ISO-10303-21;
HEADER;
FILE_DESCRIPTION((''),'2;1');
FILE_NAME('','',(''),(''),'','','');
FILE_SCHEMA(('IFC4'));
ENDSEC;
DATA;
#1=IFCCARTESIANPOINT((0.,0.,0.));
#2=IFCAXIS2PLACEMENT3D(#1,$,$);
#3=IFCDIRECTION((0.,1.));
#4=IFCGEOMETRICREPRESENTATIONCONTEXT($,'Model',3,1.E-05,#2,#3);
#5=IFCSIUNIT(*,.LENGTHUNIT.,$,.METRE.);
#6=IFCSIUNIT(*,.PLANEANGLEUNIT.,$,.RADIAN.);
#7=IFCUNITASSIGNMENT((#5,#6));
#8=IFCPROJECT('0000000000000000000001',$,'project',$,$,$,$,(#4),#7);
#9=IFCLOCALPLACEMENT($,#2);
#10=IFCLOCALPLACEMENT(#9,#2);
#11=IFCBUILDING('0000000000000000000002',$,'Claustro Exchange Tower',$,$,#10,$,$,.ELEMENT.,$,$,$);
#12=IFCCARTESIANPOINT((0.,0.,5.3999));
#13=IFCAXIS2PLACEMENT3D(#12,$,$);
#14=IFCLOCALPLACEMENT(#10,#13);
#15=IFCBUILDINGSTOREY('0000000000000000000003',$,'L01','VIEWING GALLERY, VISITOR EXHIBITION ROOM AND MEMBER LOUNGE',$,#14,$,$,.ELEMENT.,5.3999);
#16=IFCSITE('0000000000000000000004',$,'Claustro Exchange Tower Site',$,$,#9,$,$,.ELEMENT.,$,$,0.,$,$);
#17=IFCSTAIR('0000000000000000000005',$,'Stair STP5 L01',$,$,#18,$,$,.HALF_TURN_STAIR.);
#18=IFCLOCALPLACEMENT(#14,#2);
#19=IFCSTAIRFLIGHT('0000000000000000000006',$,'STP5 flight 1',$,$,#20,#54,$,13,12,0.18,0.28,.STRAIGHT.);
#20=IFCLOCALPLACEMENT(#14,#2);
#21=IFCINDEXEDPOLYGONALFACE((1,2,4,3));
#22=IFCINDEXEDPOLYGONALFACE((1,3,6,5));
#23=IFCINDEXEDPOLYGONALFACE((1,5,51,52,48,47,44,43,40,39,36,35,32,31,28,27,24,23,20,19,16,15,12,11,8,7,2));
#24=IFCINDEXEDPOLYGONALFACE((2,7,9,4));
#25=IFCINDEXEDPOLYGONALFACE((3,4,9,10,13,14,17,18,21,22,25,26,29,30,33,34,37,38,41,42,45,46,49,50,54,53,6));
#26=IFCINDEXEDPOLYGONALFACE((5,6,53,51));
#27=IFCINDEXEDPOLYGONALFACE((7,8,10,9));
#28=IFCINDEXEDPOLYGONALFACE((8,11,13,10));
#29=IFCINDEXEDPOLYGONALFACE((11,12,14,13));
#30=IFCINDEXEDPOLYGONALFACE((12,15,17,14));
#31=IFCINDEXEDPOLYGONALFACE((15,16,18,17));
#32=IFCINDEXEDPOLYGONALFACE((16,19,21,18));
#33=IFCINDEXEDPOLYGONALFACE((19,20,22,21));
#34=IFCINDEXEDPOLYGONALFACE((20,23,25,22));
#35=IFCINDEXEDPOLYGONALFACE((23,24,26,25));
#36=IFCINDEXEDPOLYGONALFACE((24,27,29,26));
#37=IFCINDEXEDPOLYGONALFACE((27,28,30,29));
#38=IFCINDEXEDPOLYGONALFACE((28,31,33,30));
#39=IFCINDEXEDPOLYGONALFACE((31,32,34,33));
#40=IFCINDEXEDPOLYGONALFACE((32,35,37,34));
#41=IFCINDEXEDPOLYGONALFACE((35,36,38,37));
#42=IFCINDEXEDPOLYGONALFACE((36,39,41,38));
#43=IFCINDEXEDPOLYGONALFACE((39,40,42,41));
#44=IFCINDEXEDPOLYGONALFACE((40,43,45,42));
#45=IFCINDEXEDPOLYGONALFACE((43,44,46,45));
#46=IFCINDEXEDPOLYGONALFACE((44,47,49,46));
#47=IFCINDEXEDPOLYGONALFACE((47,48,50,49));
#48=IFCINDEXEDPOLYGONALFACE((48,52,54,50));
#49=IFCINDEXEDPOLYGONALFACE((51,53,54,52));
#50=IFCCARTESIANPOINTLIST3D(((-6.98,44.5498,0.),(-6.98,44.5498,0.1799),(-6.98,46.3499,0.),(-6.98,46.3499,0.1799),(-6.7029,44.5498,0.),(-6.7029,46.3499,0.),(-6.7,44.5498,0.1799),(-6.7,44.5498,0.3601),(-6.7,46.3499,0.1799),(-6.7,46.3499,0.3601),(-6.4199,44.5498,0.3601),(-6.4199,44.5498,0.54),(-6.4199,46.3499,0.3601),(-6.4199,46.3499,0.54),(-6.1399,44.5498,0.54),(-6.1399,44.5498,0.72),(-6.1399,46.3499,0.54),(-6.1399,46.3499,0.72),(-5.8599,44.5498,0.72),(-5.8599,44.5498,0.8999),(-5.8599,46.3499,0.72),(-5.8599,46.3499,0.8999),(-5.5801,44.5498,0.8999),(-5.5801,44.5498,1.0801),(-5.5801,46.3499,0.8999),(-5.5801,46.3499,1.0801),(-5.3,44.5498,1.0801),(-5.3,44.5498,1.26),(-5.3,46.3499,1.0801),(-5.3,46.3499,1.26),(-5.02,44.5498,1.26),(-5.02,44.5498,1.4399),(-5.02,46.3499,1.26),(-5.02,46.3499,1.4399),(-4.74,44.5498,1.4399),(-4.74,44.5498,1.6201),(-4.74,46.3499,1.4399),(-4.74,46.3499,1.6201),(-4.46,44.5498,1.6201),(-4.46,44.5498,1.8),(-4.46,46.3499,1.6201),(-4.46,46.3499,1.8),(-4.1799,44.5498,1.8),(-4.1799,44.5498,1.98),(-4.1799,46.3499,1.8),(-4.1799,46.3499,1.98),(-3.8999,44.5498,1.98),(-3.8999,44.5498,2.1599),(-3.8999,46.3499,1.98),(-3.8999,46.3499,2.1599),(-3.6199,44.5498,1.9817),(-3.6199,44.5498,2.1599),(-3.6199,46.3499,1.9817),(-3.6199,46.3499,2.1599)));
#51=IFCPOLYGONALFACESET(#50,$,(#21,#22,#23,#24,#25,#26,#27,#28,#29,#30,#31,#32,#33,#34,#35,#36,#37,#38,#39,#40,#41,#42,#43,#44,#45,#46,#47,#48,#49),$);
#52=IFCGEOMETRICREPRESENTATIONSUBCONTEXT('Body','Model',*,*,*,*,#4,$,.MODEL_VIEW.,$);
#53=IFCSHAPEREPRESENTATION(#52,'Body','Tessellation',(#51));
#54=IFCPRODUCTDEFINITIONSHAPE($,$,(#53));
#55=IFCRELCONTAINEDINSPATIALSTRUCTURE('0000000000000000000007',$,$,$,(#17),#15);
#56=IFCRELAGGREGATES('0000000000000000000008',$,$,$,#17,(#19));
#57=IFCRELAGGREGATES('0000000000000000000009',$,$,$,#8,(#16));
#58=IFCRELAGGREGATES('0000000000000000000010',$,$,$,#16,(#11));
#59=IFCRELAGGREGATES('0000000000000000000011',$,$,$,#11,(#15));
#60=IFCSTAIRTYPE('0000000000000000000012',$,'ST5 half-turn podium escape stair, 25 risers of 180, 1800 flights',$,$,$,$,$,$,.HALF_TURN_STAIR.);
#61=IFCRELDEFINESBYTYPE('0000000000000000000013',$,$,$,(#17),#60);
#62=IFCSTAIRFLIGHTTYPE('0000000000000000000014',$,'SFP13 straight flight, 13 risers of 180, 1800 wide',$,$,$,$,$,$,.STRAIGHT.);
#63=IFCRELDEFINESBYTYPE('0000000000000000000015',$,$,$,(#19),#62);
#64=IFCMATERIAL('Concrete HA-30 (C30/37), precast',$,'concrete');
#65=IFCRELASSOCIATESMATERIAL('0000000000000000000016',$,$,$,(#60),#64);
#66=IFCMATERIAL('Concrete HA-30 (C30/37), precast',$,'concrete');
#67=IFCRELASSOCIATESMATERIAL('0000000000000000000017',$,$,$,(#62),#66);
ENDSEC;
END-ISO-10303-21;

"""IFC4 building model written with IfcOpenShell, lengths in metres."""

from ifc_helpers import new_model, si_unit, direction, frame, origin, place, context, subcontext, project, spatial, polyline, outline, extrude, material, type_object, element, aggregate, save


model = new_model("IFC4")

# Units and contexts
model_context = context("Model", 3, precision=1e-05, world=origin(), true_north=direction((0.0, 1.0)))
body_context = subcontext(model_context, "Body", "Model", "MODEL_VIEW")
ifc_project = project(units=[si_unit("LENGTHUNIT", "METRE"), si_unit("PLANEANGLEUNIT", "RADIAN")], contexts=[model_context])

# Site, building, storey
site_placement = place(None, origin())
site = spatial("IfcSite", under=ifc_project, at=site_placement, Name="Claustro Exchange Tower Site", CompositionType="ELEMENT", RefElevation=0.0)
building_placement = place(site_placement, origin())
building = spatial("IfcBuilding", under=site, at=building_placement, Name="Claustro Exchange Tower", CompositionType="ELEMENT")
storey_placement = place(building_placement, frame((0.0, 0.0, 5.3999)))
storey = spatial("IfcBuildingStorey", under=building, at=storey_placement, Name="L01", Description="VIEWING GALLERY, VISITOR EXHIBITION ROOM AND MEMBER LOUNGE", CompositionType="ELEMENT", Elevation=5.3999)

# Stair, stair flight
ifc_material_1 = material(Name="Concrete HA-30 (C30/37), precast", Category="concrete")
stair_type = type_object("IfcStairType", Name="ST5 half-turn podium escape stair, 25 risers of 180, 1800 flights", PredefinedType="HALF_TURN_STAIR", material=ifc_material_1)
stair_placement = place(storey_placement, origin())
stair = element("IfcStair", 1, at=stair_placement, inside=storey, type_object=stair_type, Name="Stair STP5 L01", PredefinedType="HALF_TURN_STAIR")
ifc_material_2 = material(Name="Concrete HA-30 (C30/37), precast", Category="concrete")
stair_flight_type_1 = type_object("IfcStairFlightType", Name="SFP13 straight flight, 13 risers of 180, 1800 wide", PredefinedType="STRAIGHT", material=ifc_material_2)
stair_flight_1_placement = place(storey_placement, frame((-6.98, 45.45, 0.0), z_axis=(0.0, 0.0, 1.0), x_axis=(1.0, 0.0, 0.0)))
stair_flight_1 = element("IfcStairFlight", 2, at=stair_flight_1_placement, type_object=stair_flight_type_1, Name="STP5 flight 1", NumberOfRisers=13, NumberOfTreads=12, PredefinedType="STRAIGHT", RiserHeight=0.18, TreadLength=0.28, context=body_context, shape_type="SweptSolid", body=[
    extrude(outline(polyline([(0.0, 0.0), (0.0, 0.1799), (0.28, 0.1799), (0.28, 0.3601), (0.5601, 0.3601), (0.5601, 0.54), (0.8401, 0.54), (0.8401, 0.72), (1.1201, 0.72), (1.1201, 0.8999), (1.3999, 0.8999), (1.3999, 1.0801), (1.6799, 1.0801), (1.6799, 1.26), (1.96, 1.26), (1.96, 1.4399), (2.24, 1.4399), (2.24, 1.6201), (2.52, 1.6201), (2.52, 1.8), (2.8, 1.8), (2.8, 1.98), (3.0801, 1.98), (3.0801, 2.1599), (3.3601, 2.1599), (3.3601, 2.3401), (3.3601, 1.9817), (0.2771, 0.0), (0.0, 0.0)])), frame((0.0, 0.8999, 0.0), z_axis=(0.0, -1.0, 0.0), x_axis=(1.0, 0.0, 0.0)), (0.0, 0.0, 1.0), 1.8),
])
aggregate(stair, [stair_flight_1])

save(model, "model.ifc")
